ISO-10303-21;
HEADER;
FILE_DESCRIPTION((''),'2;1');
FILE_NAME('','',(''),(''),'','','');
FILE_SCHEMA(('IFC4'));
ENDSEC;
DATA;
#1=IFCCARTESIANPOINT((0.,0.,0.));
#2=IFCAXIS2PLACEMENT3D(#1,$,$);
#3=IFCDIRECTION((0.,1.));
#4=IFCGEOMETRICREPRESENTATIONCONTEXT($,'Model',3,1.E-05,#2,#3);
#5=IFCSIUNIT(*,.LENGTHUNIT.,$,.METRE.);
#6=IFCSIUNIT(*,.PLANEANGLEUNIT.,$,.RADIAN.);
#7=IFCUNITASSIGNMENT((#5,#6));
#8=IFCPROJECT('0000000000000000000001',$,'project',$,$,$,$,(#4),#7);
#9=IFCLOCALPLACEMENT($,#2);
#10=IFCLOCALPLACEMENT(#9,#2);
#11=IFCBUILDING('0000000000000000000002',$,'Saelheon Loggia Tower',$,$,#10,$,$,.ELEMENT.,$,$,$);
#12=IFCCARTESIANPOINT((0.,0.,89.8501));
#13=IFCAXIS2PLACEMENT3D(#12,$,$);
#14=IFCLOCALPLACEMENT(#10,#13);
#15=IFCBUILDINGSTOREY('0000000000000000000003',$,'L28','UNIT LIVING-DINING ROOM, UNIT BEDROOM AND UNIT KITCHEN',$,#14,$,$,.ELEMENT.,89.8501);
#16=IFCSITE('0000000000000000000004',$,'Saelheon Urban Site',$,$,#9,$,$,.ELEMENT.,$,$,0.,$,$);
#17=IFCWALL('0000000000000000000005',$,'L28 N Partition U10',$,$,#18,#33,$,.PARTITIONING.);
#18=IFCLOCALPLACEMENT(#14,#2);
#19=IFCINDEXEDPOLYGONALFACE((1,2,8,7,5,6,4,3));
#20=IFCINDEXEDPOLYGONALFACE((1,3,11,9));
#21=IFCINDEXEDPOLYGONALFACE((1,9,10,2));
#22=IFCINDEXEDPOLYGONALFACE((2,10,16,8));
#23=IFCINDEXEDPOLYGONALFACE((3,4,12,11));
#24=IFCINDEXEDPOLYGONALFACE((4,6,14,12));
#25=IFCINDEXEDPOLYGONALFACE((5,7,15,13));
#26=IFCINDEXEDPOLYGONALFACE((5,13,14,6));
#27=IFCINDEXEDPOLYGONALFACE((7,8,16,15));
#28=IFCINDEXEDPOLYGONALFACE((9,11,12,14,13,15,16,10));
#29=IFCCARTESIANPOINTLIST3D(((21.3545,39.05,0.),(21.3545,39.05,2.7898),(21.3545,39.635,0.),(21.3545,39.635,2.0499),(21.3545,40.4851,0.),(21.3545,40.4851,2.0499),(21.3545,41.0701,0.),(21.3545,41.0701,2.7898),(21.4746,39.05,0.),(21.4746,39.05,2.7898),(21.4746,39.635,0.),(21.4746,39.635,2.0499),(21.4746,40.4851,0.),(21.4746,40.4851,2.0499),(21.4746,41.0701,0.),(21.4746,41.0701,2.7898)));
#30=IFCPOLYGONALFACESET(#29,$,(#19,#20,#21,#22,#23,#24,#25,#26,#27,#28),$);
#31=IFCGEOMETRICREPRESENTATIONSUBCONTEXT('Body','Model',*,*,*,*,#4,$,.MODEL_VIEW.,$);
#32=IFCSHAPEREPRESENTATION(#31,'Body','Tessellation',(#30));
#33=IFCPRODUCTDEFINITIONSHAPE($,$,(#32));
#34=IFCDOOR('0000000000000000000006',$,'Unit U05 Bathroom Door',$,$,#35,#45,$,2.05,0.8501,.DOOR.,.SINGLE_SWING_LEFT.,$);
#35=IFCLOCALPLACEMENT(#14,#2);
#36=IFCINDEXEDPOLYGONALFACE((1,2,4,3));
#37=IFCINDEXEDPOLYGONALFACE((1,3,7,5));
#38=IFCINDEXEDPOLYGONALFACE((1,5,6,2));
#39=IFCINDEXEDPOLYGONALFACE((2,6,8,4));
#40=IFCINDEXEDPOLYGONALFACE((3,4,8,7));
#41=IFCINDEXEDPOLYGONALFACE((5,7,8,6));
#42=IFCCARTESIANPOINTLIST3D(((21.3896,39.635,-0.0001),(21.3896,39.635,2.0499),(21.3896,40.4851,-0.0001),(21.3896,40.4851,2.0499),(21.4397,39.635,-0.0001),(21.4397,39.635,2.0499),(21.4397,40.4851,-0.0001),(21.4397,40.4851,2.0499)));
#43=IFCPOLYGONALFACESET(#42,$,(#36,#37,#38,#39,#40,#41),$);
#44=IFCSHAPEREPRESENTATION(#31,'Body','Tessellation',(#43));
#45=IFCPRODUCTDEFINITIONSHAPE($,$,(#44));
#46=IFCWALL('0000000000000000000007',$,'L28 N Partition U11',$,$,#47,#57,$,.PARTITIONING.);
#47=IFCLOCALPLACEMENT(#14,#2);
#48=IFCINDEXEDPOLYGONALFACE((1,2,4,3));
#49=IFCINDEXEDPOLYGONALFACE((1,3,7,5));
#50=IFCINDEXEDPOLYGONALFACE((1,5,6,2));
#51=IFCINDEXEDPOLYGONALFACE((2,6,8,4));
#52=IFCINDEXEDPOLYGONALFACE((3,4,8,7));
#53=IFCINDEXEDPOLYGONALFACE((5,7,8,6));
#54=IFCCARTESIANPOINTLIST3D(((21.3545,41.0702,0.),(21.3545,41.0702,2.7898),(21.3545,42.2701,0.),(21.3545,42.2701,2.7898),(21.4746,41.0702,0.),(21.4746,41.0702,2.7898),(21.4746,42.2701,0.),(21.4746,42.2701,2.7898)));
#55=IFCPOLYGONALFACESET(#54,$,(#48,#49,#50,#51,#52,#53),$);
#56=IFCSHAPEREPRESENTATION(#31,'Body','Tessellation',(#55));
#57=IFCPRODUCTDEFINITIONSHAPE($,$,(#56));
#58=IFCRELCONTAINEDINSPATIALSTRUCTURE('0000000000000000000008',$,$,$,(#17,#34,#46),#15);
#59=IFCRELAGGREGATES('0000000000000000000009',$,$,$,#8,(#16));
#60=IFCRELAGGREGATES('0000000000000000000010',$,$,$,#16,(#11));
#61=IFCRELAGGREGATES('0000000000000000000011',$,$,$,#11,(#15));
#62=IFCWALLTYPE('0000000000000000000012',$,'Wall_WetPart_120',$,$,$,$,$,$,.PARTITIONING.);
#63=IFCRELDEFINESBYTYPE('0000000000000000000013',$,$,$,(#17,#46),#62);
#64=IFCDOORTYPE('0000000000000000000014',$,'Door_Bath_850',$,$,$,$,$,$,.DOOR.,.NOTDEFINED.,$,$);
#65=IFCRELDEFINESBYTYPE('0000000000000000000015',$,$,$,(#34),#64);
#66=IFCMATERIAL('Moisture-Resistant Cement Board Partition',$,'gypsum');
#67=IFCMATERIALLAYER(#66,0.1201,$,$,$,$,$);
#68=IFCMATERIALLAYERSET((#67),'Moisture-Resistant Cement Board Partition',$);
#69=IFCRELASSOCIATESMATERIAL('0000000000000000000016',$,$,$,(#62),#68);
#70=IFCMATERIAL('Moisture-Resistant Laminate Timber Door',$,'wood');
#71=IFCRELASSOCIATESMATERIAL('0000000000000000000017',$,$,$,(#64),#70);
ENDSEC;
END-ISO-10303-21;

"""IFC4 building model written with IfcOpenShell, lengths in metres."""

from ifc_helpers import new_model, si_unit, direction, frame, frame_2d, origin, place, context, subcontext, project, spatial, rectangle, extrude, source, transform, mapped, material, layer, layer_set, type_object, element, fill, save


model = new_model("IFC4")

# Units and contexts
model_context = context("Model", 3, precision=1e-05, world=origin(), true_north=direction((0.0, 1.0)))
body_context = subcontext(model_context, "Body", "Model", "MODEL_VIEW")
ifc_project = project(units=[si_unit("LENGTHUNIT", "METRE"), si_unit("PLANEANGLEUNIT", "RADIAN")], contexts=[model_context])

# Site, building, storey
site_placement = place(None, origin())
site = spatial("IfcSite", under=ifc_project, at=site_placement, Name="Saelheon Urban Site", CompositionType="ELEMENT", RefElevation=0.0)
building_placement = place(site_placement, origin())
building = spatial("IfcBuilding", under=site, at=building_placement, Name="Saelheon Loggia Tower", CompositionType="ELEMENT")
storey_placement = place(building_placement, frame((0.0, 0.0, 89.8501)))
storey = spatial("IfcBuildingStorey", under=building, at=storey_placement, Name="L28", Description="UNIT LIVING-DINING ROOM, UNIT BEDROOM AND UNIT KITCHEN", CompositionType="ELEMENT", Elevation=89.8501)

# Shared definitions
ifc_material_1 = material(Name="Moisture-Resistant Cement Board Partition", Category="gypsum")
ifc_layer_1 = layer(ifc_material_1, 0.1201)
ifc_layer_set_1 = layer_set([ifc_layer_1], Name="Moisture-Resistant Cement Board Partition")
wall_type_1 = type_object("IfcWallType", Name="Wall_WetPart_120", PredefinedType="PARTITIONING", material=ifc_layer_set_1)

# Wall, opening, door
wall_1_placement = place(storey_placement, frame((21.4146, 39.05, 0.0), z_axis=(0.0, 0.0, 1.0), x_axis=(0.0, 1.0, 0.0)))
wall_1 = element("IfcWall", 1, at=wall_1_placement, inside=storey, type_object=wall_type_1, Name="L28 N Partition U10", PredefinedType="PARTITIONING", context=body_context, shape_type="SweptSolid", body=[
    extrude(rectangle(XDim=2.02, YDim=0.1201, at=frame_2d((1.01, 0.0))), origin(), (0.0, 0.0, 1.0), 2.7898),
])
opening_1_placement = place(wall_1_placement, frame((0.585, 0.0, 0.0)))
opening_1 = element("IfcOpeningElement", 2, at=opening_1_placement, cuts=wall_1, PredefinedType="OPENING", context=body_context, shape_type="SweptSolid", body=[
    extrude(rectangle(XDim=0.8501, YDim=2.05, at=frame_2d((0.425, 1.0249))), frame((0.0, 0.072, 0.0), z_axis=(0.0, -1.0, 0.0), x_axis=(1.0, 0.0, 0.0)), (0.0, 0.0, 1.0), 0.144),
])
ifc_material_2 = material(Name="Moisture-Resistant Laminate Timber Door", Category="wood")
door_type_1 = type_object("IfcDoorType", Name="Door_Bath_850", OperationType="NOTDEFINED", PredefinedType="DOOR", material=ifc_material_2)
shared_shape_1 = source(origin(), body_context, "Body", "SweptSolid", [
    extrude(rectangle(XDim=0.8501, YDim=2.05, at=frame_2d((0.425, 1.0249))), frame((0.0, 0.0249, 0.0), z_axis=(0.0, -1.0, 0.0), x_axis=(1.0, 0.0, 0.0)), (0.0, 0.0, 1.0), 0.05),
])
door_1_placement = place(opening_1_placement, origin())
door_1 = element("IfcDoor", 3, at=door_1_placement, inside=storey, type_object=door_type_1, Name="Unit U05 Bathroom Door", OperationType="SINGLE_SWING_LEFT", OverallHeight=2.05, OverallWidth=0.8501, PredefinedType="DOOR", context=body_context, shape_type="MappedRepresentation", body=[
    mapped(shared_shape_1, transform((0.0, 0.0, 0.0), scale=1.0)),
])
fill(opening_1, door_1)

# Wall
wall_2_placement = place(storey_placement, frame((21.4146, 41.0701, 0.0), z_axis=(0.0, 0.0, 1.0), x_axis=(0.0, 1.0, 0.0)))
element("IfcWall", 4, at=wall_2_placement, inside=storey, type_object=wall_type_1, Name="L28 N Partition U11", PredefinedType="PARTITIONING", context=body_context, shape_type="SweptSolid", body=[
    extrude(rectangle(XDim=1.2, YDim=0.1201, at=frame_2d((0.6001, 0.0))), origin(), (0.0, 0.0, 1.0), 2.7898),
])

save(model, "model.ifc")
